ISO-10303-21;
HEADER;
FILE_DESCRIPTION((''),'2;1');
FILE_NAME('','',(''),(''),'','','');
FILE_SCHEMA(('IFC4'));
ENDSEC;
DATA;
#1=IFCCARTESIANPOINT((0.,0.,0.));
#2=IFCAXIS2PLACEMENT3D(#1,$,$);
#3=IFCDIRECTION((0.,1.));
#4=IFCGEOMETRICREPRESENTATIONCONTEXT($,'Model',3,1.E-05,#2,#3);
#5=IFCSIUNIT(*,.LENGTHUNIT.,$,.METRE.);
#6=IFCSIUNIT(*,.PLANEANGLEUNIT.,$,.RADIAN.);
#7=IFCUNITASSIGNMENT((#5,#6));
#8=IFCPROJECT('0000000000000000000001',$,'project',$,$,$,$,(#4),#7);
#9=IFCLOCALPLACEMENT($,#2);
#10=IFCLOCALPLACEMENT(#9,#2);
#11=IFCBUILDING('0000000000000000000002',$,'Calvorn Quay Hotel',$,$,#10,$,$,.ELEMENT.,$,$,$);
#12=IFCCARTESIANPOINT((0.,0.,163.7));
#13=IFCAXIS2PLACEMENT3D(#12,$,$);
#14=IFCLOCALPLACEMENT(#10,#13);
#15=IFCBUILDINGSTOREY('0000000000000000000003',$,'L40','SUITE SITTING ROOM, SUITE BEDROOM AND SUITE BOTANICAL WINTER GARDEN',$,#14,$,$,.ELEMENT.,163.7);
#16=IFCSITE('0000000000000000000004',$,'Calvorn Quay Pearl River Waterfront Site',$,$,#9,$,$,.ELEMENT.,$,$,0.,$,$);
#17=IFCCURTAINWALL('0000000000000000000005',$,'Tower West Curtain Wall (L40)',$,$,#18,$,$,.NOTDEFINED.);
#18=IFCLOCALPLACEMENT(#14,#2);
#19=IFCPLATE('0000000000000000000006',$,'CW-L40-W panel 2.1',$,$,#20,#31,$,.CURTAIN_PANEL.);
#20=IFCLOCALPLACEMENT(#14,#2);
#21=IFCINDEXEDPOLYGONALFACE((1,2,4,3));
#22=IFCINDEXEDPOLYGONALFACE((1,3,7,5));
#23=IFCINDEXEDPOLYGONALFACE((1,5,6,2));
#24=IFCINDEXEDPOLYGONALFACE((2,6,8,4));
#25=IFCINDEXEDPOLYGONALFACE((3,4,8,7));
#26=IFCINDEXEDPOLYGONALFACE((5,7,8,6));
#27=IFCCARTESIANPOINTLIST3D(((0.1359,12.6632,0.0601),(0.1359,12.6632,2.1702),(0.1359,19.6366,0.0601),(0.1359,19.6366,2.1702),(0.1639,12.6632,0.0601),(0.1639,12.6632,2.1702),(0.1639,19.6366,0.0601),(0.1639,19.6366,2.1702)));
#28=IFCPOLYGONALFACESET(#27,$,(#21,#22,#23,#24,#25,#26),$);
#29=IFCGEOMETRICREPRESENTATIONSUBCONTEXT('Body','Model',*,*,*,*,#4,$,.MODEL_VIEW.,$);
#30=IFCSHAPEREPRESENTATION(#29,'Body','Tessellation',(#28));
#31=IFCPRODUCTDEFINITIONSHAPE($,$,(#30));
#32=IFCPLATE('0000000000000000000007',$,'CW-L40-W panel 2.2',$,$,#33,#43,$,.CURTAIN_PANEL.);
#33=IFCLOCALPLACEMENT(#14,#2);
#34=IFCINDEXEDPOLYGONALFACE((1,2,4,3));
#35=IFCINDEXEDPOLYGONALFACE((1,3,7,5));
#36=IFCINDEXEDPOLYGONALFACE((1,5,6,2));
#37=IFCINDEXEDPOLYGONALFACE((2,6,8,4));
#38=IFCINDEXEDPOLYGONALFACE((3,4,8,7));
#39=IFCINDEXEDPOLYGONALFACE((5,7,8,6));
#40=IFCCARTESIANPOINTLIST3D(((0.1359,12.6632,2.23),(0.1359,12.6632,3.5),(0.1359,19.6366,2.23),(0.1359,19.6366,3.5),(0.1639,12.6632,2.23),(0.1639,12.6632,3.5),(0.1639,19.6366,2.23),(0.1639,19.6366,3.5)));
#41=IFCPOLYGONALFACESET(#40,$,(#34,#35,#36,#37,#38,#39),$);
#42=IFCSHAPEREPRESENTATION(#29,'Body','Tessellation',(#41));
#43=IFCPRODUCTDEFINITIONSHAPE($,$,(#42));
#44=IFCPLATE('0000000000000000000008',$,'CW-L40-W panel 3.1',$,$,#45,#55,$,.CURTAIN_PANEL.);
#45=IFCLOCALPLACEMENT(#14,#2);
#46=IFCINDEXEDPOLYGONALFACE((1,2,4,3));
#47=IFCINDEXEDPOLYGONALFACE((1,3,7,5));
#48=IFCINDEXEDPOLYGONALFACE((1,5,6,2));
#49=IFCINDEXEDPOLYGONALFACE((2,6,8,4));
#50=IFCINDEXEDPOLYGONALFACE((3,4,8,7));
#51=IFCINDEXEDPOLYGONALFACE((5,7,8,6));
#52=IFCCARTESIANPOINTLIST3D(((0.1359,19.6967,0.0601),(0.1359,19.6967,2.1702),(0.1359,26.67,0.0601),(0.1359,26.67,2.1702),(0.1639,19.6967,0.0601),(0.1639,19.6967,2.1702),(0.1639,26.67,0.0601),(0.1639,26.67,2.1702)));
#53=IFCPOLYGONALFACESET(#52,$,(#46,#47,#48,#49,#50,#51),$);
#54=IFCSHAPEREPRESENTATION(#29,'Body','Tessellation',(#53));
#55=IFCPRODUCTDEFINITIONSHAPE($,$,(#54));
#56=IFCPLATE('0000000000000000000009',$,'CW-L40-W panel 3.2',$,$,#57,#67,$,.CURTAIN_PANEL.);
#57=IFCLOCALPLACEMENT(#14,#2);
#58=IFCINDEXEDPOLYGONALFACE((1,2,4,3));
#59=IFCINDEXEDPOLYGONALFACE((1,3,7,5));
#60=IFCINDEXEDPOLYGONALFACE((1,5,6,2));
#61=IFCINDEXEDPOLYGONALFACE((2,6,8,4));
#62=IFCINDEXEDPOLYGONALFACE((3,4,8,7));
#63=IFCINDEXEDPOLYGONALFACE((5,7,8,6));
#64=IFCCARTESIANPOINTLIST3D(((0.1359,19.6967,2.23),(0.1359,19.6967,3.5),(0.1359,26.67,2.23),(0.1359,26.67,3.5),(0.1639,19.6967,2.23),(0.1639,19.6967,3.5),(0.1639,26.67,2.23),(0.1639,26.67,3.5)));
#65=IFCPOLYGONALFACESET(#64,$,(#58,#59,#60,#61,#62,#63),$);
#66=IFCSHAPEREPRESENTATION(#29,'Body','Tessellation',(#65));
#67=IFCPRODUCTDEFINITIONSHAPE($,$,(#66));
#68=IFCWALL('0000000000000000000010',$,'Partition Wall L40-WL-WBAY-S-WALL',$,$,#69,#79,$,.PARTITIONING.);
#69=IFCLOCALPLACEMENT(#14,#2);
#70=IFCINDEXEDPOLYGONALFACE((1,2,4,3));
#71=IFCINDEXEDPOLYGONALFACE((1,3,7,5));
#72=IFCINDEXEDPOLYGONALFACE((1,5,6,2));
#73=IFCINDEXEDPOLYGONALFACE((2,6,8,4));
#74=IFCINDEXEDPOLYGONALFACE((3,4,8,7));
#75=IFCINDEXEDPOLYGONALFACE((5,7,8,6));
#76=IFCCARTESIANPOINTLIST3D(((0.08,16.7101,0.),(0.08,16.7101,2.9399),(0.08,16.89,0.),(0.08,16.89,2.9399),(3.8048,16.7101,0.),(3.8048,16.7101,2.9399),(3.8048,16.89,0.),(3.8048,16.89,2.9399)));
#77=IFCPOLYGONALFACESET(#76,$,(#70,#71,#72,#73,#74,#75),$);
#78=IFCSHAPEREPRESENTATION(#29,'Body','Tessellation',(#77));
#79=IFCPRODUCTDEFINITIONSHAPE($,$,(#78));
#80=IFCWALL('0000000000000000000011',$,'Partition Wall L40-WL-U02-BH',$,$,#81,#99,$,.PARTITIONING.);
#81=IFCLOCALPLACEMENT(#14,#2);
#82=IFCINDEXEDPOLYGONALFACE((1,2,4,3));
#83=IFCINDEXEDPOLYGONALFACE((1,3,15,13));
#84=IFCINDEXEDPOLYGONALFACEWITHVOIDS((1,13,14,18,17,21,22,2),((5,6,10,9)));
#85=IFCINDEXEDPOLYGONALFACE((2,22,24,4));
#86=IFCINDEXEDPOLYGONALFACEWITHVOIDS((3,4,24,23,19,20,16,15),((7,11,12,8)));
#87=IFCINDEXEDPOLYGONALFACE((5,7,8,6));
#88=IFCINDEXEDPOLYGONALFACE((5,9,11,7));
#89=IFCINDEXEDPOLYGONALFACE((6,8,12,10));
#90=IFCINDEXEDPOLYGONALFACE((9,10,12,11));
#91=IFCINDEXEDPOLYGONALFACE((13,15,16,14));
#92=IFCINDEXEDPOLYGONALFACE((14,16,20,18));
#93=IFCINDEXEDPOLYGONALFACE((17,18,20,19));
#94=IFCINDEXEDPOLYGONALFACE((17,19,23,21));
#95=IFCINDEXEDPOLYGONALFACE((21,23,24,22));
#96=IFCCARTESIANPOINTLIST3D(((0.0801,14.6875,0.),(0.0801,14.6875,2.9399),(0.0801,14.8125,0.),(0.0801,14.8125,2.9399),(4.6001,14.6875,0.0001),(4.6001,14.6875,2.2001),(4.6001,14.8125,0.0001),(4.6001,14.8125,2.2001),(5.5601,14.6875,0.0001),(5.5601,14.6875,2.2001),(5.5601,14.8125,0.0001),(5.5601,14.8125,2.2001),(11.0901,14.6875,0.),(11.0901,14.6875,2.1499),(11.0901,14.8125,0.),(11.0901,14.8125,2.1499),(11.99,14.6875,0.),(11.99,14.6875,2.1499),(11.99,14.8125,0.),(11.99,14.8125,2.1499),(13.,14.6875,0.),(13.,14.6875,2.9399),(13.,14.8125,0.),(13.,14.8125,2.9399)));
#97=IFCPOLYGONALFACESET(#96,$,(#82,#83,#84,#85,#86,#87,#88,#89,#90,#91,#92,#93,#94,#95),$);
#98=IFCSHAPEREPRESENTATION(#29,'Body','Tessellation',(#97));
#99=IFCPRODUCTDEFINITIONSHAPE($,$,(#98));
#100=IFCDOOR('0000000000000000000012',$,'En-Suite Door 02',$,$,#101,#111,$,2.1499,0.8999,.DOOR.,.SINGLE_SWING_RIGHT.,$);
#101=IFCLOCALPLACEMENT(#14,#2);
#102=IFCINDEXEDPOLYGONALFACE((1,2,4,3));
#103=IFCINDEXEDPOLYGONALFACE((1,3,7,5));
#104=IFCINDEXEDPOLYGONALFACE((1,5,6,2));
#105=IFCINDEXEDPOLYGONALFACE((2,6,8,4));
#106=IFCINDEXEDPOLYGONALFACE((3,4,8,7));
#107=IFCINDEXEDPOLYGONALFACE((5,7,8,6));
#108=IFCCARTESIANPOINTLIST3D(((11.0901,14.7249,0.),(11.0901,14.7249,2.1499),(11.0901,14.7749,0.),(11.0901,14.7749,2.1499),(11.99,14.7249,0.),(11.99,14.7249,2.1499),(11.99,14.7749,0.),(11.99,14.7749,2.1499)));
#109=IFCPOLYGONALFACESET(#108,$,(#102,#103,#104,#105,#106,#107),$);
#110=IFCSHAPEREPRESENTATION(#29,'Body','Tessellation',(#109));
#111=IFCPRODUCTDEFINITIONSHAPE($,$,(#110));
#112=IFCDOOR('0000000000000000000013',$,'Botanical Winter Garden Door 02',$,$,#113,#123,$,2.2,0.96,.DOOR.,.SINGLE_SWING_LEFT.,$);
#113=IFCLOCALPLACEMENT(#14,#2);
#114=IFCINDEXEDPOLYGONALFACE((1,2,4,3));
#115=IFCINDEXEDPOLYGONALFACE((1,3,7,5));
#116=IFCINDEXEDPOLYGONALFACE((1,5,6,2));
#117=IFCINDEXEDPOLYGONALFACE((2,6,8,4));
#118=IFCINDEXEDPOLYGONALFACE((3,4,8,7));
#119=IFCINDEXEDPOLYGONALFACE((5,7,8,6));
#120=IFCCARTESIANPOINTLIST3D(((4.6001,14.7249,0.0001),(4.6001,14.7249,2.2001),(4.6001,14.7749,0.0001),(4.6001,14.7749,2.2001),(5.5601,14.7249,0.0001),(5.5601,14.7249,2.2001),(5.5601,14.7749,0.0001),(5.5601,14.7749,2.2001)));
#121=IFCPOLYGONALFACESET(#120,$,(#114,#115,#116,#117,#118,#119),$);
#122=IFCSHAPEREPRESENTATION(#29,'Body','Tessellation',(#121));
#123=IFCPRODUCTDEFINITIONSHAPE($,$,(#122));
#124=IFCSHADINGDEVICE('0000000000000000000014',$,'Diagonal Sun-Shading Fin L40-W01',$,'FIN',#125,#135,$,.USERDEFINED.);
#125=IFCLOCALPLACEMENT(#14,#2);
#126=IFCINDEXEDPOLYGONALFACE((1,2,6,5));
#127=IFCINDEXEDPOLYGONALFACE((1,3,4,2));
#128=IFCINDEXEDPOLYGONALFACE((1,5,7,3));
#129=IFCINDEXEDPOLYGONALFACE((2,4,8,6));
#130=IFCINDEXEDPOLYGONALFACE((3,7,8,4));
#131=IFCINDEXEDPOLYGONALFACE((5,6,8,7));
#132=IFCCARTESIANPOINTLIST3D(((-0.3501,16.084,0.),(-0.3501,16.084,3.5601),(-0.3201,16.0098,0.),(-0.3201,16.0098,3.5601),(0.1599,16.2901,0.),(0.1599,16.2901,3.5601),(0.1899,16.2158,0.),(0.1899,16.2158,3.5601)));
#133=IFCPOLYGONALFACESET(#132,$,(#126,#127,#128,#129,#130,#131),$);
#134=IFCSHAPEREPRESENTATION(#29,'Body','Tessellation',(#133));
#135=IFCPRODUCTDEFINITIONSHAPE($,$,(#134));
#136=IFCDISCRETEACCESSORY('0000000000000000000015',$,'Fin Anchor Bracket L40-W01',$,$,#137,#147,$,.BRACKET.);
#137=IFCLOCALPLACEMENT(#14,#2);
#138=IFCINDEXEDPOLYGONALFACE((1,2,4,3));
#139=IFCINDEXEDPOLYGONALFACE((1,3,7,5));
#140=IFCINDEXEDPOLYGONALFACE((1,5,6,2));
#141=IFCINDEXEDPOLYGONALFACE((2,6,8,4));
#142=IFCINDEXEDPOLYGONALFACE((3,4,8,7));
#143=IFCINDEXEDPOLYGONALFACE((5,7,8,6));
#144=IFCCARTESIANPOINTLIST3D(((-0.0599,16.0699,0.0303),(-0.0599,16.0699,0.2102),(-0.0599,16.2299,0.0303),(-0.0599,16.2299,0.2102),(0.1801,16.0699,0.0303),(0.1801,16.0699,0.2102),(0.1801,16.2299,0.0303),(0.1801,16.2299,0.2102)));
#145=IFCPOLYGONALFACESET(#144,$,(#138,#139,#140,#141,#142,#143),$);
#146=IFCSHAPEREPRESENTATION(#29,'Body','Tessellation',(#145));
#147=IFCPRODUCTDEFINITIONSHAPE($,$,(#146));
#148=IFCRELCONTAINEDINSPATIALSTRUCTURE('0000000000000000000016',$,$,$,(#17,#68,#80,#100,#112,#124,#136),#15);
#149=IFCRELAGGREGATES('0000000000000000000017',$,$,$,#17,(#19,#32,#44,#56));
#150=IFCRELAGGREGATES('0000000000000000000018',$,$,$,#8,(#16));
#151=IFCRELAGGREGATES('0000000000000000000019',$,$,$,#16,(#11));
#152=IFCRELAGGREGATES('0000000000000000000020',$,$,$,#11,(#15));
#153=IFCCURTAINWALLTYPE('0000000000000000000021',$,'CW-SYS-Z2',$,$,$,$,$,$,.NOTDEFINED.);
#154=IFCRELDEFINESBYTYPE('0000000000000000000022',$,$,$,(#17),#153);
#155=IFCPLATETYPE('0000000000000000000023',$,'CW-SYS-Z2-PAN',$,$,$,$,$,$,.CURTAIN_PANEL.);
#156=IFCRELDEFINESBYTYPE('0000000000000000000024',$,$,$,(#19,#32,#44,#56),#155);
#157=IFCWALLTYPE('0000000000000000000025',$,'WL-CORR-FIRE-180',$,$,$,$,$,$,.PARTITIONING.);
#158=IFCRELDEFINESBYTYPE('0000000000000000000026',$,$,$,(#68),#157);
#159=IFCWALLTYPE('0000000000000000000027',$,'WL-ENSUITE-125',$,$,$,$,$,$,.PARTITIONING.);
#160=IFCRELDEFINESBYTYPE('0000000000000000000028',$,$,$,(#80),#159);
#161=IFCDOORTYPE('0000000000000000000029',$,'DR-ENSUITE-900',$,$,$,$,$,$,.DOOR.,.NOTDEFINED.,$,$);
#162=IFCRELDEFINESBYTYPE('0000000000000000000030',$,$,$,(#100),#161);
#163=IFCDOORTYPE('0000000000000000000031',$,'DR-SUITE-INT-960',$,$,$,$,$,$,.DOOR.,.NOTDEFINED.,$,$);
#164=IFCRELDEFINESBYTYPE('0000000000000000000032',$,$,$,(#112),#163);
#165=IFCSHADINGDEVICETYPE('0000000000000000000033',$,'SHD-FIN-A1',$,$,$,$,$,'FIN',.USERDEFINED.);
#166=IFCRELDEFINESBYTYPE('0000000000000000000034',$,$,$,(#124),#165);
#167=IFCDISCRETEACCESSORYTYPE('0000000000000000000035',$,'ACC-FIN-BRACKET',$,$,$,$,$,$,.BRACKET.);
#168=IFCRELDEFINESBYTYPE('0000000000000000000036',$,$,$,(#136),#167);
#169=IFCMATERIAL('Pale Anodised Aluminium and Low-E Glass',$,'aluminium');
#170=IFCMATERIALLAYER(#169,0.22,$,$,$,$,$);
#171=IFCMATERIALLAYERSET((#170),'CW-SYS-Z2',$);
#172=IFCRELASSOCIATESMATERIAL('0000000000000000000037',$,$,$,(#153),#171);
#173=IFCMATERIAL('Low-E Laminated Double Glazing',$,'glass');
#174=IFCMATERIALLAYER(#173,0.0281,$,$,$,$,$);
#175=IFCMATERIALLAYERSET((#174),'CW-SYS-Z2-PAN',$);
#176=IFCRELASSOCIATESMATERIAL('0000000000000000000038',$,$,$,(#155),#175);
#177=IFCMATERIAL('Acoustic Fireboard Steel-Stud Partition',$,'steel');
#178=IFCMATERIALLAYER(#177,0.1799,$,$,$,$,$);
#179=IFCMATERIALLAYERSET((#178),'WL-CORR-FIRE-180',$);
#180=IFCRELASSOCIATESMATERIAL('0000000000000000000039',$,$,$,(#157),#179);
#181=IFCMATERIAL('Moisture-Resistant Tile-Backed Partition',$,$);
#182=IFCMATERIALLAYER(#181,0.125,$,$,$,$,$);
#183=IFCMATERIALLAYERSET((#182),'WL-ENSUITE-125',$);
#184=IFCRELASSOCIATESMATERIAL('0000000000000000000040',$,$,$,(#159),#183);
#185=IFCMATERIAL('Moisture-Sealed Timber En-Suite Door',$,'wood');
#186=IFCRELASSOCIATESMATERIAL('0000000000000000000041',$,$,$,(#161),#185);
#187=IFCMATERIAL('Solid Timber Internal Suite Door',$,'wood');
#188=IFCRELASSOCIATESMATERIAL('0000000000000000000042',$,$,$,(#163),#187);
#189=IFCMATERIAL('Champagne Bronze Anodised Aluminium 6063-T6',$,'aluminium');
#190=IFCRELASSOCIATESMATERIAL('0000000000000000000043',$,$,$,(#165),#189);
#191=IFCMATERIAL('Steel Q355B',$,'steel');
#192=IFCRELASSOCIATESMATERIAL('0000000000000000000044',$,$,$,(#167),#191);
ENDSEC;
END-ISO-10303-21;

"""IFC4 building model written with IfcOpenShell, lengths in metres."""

from ifc_helpers import new_model, si_unit, direction, frame, frame_2d, origin, origin_2d, place, context, subcontext, project, spatial, rectangle, extrude, material, layer, layer_set, type_object, element, fill, aggregate, save


model = new_model("IFC4")

# Units and contexts
model_context = context("Model", 3, precision=1e-05, world=origin(), true_north=direction((0.0, 1.0)))
body_context = subcontext(model_context, "Body", "Model", "MODEL_VIEW")
ifc_project = project(units=[si_unit("LENGTHUNIT", "METRE"), si_unit("PLANEANGLEUNIT", "RADIAN")], contexts=[model_context])

# Site, building, storey
site_placement = place(None, origin())
site = spatial("IfcSite", under=ifc_project, at=site_placement, Name="Calvorn Quay Pearl River Waterfront Site", CompositionType="ELEMENT", RefElevation=0.0)
building_placement = place(site_placement, origin())
building = spatial("IfcBuilding", under=site, at=building_placement, Name="Calvorn Quay Hotel", CompositionType="ELEMENT")
storey_placement = place(building_placement, frame((0.0, 0.0, 163.7)))
storey = spatial("IfcBuildingStorey", under=building, at=storey_placement, Name="L40", Description="SUITE SITTING ROOM, SUITE BEDROOM AND SUITE BOTANICAL WINTER GARDEN", CompositionType="ELEMENT", Elevation=163.7)

# Curtain wall, plates
ifc_material_1 = material(Name="Pale Anodised Aluminium and Low-E Glass", Category="aluminium")
ifc_layer_1 = layer(ifc_material_1, 0.22)
ifc_layer_set_1 = layer_set([ifc_layer_1], Name="CW-SYS-Z2")
curtain_wall_type = type_object("IfcCurtainWallType", Name="CW-SYS-Z2", PredefinedType="NOTDEFINED", material=ifc_layer_set_1)
curtain_wall_placement = place(storey_placement, origin())
curtain_wall = element("IfcCurtainWall", 1, at=curtain_wall_placement, inside=storey, type_object=curtain_wall_type, Name="Tower West Curtain Wall (L40)", PredefinedType="NOTDEFINED")
ifc_material_2 = material(Name="Low-E Laminated Double Glazing", Category="glass")
ifc_layer_2 = layer(ifc_material_2, 0.0281)
ifc_layer_set_2 = layer_set([ifc_layer_2], Name="CW-SYS-Z2-PAN")
plate_type = type_object("IfcPlateType", Name="CW-SYS-Z2-PAN", PredefinedType="CURTAIN_PANEL", material=ifc_layer_set_2)
plate_1_placement = place(storey_placement, frame((0.1499, 16.1499, 0.0601), z_axis=(0.0, 0.0, 1.0), x_axis=(0.0, 1.0, 0.0)))
plate_1 = element("IfcPlate", 2, at=plate_1_placement, type_object=plate_type, Name="CW-L40-W panel 2.1", PredefinedType="CURTAIN_PANEL", context=body_context, shape_type="SweptSolid", body=[
    extrude(rectangle(XDim=6.9734, YDim=0.0281, at=origin_2d()), origin(), (0.0, 0.0, 1.0), 2.1101),
])
plate_2_placement = place(storey_placement, frame((0.1499, 16.1499, 2.23), z_axis=(0.0, 0.0, 1.0), x_axis=(0.0, 1.0, 0.0)))
plate_2 = element("IfcPlate", 3, at=plate_2_placement, type_object=plate_type, Name="CW-L40-W panel 2.2", PredefinedType="CURTAIN_PANEL", context=body_context, shape_type="SweptSolid", body=[
    extrude(rectangle(XDim=6.9734, YDim=0.0281, at=origin_2d()), origin(), (0.0, 0.0, 1.0), 1.27),
])
plate_3_placement = place(storey_placement, frame((0.1499, 23.1833, 0.0601), z_axis=(0.0, 0.0, 1.0), x_axis=(0.0, 1.0, 0.0)))
plate_3 = element("IfcPlate", 4, at=plate_3_placement, type_object=plate_type, Name="CW-L40-W panel 3.1", PredefinedType="CURTAIN_PANEL", context=body_context, shape_type="SweptSolid", body=[
    extrude(rectangle(XDim=6.9734, YDim=0.0281, at=origin_2d()), origin(), (0.0, 0.0, 1.0), 2.1101),
])
plate_4_placement = place(storey_placement, frame((0.1499, 23.1833, 2.23), z_axis=(0.0, 0.0, 1.0), x_axis=(0.0, 1.0, 0.0)))
plate_4 = element("IfcPlate", 5, at=plate_4_placement, type_object=plate_type, Name="CW-L40-W panel 3.2", PredefinedType="CURTAIN_PANEL", context=body_context, shape_type="SweptSolid", body=[
    extrude(rectangle(XDim=6.9734, YDim=0.0281, at=origin_2d()), origin(), (0.0, 0.0, 1.0), 1.27),
])
aggregate(curtain_wall, [plate_1, plate_2, plate_3, plate_4])

# Wall
ifc_material_3 = material(Name="Acoustic Fireboard Steel-Stud Partition", Category="steel")
ifc_layer_3 = layer(ifc_material_3, 0.1799)
ifc_layer_set_3 = layer_set([ifc_layer_3], Name="WL-CORR-FIRE-180")
wall_type_1 = type_object("IfcWallType", Name="WL-CORR-FIRE-180", PredefinedType="PARTITIONING", material=ifc_layer_set_3)
wall_1_placement = place(storey_placement, frame((0.0801, 16.8, 0.0), z_axis=(0.0, 0.0, 1.0), x_axis=(1.0, 0.0, 0.0)))
element("IfcWall", 6, at=wall_1_placement, inside=storey, type_object=wall_type_1, Name="Partition Wall L40-WL-WBAY-S-WALL", PredefinedType="PARTITIONING", context=body_context, shape_type="SweptSolid", body=[
    extrude(rectangle(XDim=3.7249, YDim=0.1799, at=frame_2d((1.8623, 0.0))), origin(), (0.0, 0.0, 1.0), 2.9399),
])

# Wall, openings, doors
ifc_material_4 = material(Name="Moisture-Resistant Tile-Backed Partition")
ifc_layer_4 = layer(ifc_material_4, 0.125)
ifc_layer_set_4 = layer_set([ifc_layer_4], Name="WL-ENSUITE-125")
wall_type_2 = type_object("IfcWallType", Name="WL-ENSUITE-125", PredefinedType="PARTITIONING", material=ifc_layer_set_4)
wall_2_placement = place(storey_placement, frame((0.0801, 14.75, 0.0), z_axis=(0.0, 0.0, 1.0), x_axis=(1.0, 0.0, 0.0)))
wall_2 = element("IfcWall", 7, at=wall_2_placement, inside=storey, type_object=wall_type_2, Name="Partition Wall L40-WL-U02-BH", PredefinedType="PARTITIONING", context=body_context, shape_type="SweptSolid", body=[
    extrude(rectangle(XDim=12.9199, YDim=0.125, at=frame_2d((6.46, 0.0))), origin(), (0.0, 0.0, 1.0), 2.9399),
])
opening_1_placement = place(wall_2_placement, frame((4.52, 0.0, 0.0)))
opening_1 = element("IfcOpeningElement", 8, at=opening_1_placement, cuts=wall_2, PredefinedType="OPENING", context=body_context, shape_type="SweptSolid", body=[
    extrude(rectangle(XDim=0.96, YDim=2.2, at=frame_2d((0.48, 1.1001))), frame((0.0, 0.0725, 0.0), z_axis=(0.0, -1.0, 0.0), x_axis=(1.0, 0.0, 0.0)), (0.0, 0.0, 1.0), 0.145),
])
opening_2_placement = place(wall_2_placement, frame((11.01, 0.0, 0.0)))
opening_2 = element("IfcOpeningElement", 9, at=opening_2_placement, cuts=wall_2, PredefinedType="OPENING", context=body_context, shape_type="SweptSolid", body=[
    extrude(rectangle(XDim=0.8999, YDim=2.1499, at=frame_2d((0.45, 1.075))), frame((0.0, 0.0725, 0.0), z_axis=(0.0, -1.0, 0.0), x_axis=(1.0, 0.0, 0.0)), (0.0, 0.0, 1.0), 0.145),
])
ifc_material_5 = material(Name="Moisture-Sealed Timber En-Suite Door", Category="wood")
door_type_1 = type_object("IfcDoorType", Name="DR-ENSUITE-900", OperationType="NOTDEFINED", PredefinedType="DOOR", material=ifc_material_5)
door_1_placement = place(opening_2_placement, origin())
door_1 = element("IfcDoor", 10, at=door_1_placement, inside=storey, type_object=door_type_1, Name="En-Suite Door 02", OperationType="SINGLE_SWING_RIGHT", OverallHeight=2.1499, OverallWidth=0.8999, PredefinedType="DOOR", context=body_context, shape_type="SweptSolid", body=[
    extrude(rectangle(XDim=0.8999, YDim=2.1499, at=frame_2d((0.45, 1.075))), frame((0.0, 0.0249, 0.0), z_axis=(0.0, -1.0, 0.0), x_axis=(1.0, 0.0, 0.0)), (0.0, 0.0, 1.0), 0.05),
])
fill(opening_2, door_1)
ifc_material_6 = material(Name="Solid Timber Internal Suite Door", Category="wood")
door_type_2 = type_object("IfcDoorType", Name="DR-SUITE-INT-960", OperationType="NOTDEFINED", PredefinedType="DOOR", material=ifc_material_6)
door_2_placement = place(opening_1_placement, origin())
door_2 = element("IfcDoor", 11, at=door_2_placement, inside=storey, type_object=door_type_2, Name="Botanical Winter Garden Door 02", OperationType="SINGLE_SWING_LEFT", OverallHeight=2.2, OverallWidth=0.96, PredefinedType="DOOR", context=body_context, shape_type="SweptSolid", body=[
    extrude(rectangle(XDim=0.96, YDim=2.2, at=frame_2d((0.48, 1.1001))), frame((0.0, 0.0249, 0.0), z_axis=(0.0, -1.0, 0.0), x_axis=(1.0, 0.0, 0.0)), (0.0, 0.0, 1.0), 0.05),
])
fill(opening_1, door_2)

# Shading device
ifc_material_7 = material(Name="Champagne Bronze Anodised Aluminium 6063-T6", Category="aluminium")
shading_device_type = type_object("IfcShadingDeviceType", Name="SHD-FIN-A1", ElementType="FIN", PredefinedType="USERDEFINED", material=ifc_material_7)
shading_device_placement = place(storey_placement, frame((-0.0801, 16.1499, 0.0), z_axis=(0.0, 0.0, 1.0), x_axis=(0.927184, 0.374607, 0.0)))
element("IfcShadingDevice", 12, at=shading_device_placement, inside=storey, type_object=shading_device_type, Name="Diagonal Sun-Shading Fin L40-W01", ObjectType="FIN", PredefinedType="USERDEFINED", context=body_context, shape_type="SweptSolid", body=[
    extrude(rectangle(XDim=0.55, YDim=0.0801, at=origin_2d()), origin(), (0.0, 0.0, 1.0), 3.5601),
])

# Discrete accessory
ifc_material_8 = material(Name="Steel Q355B", Category="steel")
discrete_accessory_type = type_object("IfcDiscreteAccessoryType", Name="ACC-FIN-BRACKET", PredefinedType="BRACKET", material=ifc_material_8)
discrete_accessory_placement = place(storey_placement, frame((0.0601, 16.1499, 0.0303), z_axis=(0.0, 0.0, 1.0), x_axis=(1.0, 0.0, 0.0)))
element("IfcDiscreteAccessory", 13, at=discrete_accessory_placement, inside=storey, type_object=discrete_accessory_type, Name="Fin Anchor Bracket L40-W01", PredefinedType="BRACKET", context=body_context, shape_type="SweptSolid", body=[
    extrude(rectangle(XDim=0.24, YDim=0.1599, at=origin_2d()), origin(), (0.0, 0.0, 1.0), 0.1799),
])

save(model, "model.ifc")
